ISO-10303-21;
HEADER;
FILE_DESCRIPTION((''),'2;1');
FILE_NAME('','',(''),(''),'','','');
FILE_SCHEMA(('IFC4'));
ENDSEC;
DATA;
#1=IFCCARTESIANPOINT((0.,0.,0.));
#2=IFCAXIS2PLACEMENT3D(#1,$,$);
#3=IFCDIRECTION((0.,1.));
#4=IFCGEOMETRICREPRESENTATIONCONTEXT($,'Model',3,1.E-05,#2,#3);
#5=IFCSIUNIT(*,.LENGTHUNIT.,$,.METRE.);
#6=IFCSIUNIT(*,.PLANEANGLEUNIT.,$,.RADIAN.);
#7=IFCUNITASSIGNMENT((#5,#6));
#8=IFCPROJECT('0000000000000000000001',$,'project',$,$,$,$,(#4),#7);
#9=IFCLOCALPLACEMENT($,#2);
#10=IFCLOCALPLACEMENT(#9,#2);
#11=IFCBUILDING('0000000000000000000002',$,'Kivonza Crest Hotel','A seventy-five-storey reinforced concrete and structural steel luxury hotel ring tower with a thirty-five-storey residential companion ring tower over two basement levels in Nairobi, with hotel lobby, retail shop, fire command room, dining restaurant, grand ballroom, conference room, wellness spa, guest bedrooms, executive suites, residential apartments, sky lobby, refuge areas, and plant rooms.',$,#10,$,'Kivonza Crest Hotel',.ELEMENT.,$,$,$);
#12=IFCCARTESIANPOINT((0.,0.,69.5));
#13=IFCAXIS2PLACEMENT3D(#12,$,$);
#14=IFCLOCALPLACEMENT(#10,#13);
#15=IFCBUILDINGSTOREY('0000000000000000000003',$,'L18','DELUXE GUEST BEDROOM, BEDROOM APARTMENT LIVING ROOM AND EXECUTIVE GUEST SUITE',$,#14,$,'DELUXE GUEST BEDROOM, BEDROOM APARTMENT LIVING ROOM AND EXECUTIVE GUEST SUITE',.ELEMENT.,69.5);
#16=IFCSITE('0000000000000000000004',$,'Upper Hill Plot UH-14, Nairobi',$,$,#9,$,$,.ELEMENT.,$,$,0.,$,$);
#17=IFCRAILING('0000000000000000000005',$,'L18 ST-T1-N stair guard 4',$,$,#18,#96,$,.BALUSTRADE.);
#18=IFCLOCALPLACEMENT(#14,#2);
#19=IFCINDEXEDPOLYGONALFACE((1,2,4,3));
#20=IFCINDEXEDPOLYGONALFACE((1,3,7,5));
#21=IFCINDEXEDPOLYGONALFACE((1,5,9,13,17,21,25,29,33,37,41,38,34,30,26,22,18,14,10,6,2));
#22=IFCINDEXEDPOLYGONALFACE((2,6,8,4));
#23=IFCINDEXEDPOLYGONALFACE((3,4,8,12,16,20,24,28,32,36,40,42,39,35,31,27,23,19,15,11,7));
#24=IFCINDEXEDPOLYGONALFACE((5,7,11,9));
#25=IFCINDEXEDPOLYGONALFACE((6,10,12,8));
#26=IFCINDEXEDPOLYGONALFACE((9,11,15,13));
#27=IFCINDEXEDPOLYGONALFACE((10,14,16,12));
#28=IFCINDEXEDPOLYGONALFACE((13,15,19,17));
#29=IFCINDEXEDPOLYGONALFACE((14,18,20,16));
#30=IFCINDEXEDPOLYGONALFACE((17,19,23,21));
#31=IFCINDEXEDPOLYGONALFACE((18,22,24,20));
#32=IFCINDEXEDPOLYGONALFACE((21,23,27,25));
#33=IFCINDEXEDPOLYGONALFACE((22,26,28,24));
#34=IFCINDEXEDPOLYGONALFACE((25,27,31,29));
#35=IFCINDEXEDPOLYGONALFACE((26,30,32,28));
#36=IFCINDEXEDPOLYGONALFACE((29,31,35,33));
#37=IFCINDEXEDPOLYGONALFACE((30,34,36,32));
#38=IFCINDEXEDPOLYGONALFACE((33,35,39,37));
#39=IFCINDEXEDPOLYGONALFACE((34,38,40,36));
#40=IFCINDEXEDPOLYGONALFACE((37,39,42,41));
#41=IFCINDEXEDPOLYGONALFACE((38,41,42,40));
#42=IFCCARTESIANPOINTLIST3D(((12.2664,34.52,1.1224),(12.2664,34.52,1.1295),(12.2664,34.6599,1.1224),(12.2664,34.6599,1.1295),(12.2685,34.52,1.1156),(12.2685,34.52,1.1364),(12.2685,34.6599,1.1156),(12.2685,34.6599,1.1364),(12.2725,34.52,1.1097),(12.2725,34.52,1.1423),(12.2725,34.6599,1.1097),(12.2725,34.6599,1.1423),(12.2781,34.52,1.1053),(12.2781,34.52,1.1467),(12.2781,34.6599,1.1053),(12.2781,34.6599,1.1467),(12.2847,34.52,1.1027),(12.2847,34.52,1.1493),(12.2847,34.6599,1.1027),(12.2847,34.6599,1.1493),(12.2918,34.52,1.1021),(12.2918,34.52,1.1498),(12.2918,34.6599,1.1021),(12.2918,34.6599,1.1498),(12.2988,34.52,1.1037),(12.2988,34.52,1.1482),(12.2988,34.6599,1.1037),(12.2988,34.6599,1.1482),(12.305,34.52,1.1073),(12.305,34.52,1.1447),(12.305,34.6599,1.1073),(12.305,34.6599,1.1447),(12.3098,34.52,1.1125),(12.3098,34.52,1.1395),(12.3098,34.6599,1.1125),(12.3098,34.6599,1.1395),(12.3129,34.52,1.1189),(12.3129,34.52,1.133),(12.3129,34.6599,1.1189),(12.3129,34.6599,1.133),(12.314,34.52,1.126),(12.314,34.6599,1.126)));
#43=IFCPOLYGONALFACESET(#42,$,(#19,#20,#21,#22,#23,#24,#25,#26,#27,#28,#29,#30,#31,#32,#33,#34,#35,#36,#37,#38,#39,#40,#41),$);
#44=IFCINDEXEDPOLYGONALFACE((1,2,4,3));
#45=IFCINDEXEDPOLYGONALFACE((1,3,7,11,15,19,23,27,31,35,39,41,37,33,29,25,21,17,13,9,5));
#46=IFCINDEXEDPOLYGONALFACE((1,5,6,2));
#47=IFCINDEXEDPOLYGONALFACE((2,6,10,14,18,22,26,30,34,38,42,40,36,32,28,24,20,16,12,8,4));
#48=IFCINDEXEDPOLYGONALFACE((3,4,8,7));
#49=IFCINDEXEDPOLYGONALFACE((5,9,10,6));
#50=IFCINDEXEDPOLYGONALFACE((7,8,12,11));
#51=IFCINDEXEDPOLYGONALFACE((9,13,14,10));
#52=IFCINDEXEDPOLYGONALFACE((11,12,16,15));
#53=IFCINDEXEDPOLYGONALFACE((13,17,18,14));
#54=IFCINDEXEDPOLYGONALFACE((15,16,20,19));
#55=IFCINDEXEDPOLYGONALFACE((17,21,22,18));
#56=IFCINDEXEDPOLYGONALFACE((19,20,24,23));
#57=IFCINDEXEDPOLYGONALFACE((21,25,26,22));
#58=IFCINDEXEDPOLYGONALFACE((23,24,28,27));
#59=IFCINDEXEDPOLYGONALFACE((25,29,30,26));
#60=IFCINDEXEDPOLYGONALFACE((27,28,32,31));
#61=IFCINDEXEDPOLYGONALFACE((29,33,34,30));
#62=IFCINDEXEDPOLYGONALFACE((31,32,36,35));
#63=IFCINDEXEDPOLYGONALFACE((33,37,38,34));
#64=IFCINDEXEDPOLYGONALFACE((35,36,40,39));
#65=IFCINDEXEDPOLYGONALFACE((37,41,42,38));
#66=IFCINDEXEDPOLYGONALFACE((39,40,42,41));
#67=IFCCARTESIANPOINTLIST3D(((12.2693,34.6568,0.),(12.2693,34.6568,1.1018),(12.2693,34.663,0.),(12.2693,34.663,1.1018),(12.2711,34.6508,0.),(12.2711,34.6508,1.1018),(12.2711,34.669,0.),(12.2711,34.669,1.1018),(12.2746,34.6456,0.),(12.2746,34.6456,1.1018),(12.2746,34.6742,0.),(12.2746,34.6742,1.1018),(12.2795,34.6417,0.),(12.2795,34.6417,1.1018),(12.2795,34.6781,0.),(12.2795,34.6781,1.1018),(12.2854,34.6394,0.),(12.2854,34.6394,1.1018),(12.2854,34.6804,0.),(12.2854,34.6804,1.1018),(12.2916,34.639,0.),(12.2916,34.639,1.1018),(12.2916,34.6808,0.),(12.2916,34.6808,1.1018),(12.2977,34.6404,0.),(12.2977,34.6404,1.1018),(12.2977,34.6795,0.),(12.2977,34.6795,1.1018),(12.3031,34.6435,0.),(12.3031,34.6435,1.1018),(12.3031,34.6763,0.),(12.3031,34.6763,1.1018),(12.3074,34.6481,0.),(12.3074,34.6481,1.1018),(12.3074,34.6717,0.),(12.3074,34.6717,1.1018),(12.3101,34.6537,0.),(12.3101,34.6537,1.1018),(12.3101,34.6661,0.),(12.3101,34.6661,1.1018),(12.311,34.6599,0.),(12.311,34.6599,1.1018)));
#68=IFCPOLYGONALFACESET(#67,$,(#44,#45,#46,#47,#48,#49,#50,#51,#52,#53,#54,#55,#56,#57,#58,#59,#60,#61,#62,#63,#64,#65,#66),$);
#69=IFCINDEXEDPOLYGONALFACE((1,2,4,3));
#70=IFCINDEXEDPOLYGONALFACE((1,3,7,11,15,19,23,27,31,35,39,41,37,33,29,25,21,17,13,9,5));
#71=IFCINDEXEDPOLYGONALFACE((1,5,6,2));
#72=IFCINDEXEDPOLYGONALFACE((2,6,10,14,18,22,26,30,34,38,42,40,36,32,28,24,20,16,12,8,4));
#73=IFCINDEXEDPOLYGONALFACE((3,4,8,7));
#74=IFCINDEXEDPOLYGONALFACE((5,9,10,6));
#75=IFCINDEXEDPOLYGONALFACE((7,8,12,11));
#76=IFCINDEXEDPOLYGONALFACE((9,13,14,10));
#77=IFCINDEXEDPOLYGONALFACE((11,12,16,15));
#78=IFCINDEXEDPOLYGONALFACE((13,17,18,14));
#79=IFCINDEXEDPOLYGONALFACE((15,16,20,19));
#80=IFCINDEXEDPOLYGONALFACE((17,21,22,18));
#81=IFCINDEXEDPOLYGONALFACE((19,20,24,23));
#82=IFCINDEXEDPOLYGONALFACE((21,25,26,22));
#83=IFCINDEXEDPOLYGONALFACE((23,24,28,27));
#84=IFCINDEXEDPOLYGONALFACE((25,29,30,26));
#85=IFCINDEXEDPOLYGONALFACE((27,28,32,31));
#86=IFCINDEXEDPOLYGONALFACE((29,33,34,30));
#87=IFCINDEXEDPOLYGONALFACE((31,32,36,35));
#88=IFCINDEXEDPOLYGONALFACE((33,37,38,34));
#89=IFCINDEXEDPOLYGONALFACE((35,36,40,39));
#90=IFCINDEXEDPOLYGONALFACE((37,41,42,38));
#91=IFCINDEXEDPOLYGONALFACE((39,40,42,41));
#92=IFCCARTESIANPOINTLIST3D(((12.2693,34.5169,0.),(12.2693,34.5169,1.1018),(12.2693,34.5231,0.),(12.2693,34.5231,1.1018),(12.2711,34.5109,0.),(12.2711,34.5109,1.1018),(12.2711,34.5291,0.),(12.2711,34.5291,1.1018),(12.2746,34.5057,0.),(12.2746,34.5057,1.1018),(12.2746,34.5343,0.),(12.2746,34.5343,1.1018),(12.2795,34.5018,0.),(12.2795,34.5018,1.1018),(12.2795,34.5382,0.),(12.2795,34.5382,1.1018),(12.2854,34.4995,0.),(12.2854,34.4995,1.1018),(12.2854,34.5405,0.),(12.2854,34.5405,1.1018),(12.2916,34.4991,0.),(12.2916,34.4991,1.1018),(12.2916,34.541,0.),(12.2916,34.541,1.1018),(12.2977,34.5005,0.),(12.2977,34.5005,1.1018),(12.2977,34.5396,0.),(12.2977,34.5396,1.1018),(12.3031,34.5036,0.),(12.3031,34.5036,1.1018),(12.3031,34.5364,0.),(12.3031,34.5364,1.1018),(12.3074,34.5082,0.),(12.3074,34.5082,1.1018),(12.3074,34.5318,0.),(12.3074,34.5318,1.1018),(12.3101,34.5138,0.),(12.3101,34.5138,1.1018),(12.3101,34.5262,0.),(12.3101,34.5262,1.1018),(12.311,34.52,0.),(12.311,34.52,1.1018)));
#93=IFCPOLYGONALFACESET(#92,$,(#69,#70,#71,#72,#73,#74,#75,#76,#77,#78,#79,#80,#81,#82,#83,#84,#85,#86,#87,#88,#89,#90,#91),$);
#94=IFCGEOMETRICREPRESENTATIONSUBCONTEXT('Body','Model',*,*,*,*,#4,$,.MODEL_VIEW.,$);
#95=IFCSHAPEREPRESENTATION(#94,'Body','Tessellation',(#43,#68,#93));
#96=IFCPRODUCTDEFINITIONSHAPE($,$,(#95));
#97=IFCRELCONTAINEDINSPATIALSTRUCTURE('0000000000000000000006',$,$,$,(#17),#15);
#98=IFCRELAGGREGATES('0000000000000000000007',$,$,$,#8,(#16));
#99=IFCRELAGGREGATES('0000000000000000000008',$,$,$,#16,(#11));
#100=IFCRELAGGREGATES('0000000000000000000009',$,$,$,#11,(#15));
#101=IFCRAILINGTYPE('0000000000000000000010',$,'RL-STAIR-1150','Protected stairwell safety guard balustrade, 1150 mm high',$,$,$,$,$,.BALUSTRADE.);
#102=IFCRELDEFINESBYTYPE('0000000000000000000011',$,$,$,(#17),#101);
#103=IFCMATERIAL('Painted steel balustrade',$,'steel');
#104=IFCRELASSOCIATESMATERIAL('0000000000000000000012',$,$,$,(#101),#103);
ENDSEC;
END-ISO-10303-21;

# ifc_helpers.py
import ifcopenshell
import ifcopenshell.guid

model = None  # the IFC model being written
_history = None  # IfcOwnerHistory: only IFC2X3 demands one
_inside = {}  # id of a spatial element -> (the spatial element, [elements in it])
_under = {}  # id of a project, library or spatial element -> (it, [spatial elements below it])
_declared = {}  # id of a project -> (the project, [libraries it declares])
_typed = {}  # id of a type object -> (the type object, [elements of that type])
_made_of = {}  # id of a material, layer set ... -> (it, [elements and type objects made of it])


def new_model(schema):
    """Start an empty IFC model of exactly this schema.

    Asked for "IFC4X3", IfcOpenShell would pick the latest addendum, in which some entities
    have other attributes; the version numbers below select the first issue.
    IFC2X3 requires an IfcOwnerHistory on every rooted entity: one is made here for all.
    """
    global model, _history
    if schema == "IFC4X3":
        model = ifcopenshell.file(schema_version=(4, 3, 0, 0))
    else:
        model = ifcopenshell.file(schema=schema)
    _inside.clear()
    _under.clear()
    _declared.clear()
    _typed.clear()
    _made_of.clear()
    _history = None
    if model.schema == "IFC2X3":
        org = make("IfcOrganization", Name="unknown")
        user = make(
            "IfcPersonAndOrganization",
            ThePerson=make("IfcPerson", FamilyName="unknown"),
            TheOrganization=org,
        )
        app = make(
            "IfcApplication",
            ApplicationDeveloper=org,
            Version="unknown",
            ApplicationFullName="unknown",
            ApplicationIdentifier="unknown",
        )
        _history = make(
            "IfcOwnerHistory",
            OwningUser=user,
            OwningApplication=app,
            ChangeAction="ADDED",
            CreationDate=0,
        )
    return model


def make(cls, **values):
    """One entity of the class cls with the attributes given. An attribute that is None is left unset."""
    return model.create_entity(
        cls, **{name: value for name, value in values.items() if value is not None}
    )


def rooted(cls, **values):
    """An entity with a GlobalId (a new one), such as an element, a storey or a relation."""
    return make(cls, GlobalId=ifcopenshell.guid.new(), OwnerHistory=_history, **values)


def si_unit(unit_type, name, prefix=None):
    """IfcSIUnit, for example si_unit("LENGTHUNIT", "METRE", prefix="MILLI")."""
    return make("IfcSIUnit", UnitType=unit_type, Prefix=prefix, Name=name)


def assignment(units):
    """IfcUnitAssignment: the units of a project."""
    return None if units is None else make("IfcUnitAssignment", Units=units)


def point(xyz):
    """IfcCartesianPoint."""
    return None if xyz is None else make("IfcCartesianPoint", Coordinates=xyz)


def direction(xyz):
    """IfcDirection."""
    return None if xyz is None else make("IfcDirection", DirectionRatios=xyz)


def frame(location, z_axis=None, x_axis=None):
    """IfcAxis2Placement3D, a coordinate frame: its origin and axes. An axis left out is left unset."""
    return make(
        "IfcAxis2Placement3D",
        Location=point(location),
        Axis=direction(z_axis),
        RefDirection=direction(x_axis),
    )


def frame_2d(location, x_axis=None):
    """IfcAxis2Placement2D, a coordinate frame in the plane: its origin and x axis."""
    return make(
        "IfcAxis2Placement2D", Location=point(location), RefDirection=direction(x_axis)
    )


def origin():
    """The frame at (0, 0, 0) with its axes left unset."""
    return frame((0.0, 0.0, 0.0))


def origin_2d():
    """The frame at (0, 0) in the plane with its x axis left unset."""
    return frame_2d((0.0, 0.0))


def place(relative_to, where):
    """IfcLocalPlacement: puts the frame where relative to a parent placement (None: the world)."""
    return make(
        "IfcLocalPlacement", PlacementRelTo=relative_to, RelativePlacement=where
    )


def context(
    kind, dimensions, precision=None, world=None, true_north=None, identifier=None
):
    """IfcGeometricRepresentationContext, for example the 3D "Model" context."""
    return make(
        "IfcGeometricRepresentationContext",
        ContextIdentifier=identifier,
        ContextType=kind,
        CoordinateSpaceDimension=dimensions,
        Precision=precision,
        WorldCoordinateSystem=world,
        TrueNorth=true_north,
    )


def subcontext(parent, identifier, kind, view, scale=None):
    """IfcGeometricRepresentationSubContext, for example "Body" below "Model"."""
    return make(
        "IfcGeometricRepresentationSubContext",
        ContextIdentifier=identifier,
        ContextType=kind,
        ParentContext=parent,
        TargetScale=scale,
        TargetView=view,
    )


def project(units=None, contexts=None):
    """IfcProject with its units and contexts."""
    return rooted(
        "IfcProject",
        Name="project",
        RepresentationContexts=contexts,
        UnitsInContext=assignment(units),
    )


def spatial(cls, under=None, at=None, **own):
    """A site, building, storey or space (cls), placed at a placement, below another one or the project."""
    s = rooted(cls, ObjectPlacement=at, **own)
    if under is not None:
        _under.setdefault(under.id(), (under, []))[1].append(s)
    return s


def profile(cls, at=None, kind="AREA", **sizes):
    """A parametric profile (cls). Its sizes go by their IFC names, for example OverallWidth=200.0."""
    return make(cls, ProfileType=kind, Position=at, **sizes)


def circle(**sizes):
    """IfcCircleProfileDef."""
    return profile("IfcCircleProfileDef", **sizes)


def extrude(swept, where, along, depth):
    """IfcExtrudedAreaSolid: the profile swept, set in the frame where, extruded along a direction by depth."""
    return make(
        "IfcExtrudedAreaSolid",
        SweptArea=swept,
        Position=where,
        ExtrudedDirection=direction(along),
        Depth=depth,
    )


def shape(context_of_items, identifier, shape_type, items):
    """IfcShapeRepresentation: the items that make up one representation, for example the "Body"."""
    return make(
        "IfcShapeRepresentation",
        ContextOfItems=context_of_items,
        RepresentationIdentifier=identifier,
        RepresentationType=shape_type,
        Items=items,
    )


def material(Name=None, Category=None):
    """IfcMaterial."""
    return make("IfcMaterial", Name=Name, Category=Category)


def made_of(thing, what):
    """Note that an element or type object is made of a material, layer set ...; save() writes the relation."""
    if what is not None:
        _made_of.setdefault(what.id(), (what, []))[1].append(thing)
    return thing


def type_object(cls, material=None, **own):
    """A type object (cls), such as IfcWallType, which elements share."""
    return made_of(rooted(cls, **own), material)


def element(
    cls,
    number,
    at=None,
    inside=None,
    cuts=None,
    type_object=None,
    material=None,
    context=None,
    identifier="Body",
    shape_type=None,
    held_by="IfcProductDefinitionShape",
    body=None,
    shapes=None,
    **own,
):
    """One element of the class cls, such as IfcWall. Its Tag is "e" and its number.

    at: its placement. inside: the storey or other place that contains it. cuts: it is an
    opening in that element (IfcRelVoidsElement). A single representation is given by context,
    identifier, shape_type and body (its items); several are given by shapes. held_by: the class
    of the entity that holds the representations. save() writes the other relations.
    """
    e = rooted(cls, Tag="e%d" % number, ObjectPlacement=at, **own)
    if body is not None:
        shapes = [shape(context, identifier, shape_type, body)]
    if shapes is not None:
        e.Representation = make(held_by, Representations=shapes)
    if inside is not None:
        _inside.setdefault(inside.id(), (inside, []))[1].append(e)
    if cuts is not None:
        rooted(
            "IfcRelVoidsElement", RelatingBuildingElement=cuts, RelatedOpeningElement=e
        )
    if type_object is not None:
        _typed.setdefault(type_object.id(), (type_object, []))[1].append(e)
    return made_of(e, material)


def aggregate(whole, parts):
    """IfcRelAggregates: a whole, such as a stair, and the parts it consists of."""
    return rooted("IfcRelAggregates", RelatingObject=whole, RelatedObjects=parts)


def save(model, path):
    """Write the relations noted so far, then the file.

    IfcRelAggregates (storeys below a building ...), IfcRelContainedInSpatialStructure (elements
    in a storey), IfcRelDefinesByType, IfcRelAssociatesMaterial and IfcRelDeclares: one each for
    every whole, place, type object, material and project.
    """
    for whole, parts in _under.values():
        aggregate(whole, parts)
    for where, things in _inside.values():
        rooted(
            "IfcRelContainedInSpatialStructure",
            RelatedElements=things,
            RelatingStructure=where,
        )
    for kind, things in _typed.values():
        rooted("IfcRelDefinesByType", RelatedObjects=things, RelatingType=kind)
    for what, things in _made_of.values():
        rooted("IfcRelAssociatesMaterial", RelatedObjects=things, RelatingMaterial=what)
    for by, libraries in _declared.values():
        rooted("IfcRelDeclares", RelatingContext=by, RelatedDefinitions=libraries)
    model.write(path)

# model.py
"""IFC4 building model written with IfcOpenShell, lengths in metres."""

from ifc_helpers import new_model, si_unit, direction, frame, origin, origin_2d, place, context, subcontext, project, spatial, circle, extrude, material, type_object, element, save


model = new_model("IFC4")

# Units and contexts
model_context = context("Model", 3, precision=1e-05, world=origin(), true_north=direction((0.0, 1.0)))
body_context = subcontext(model_context, "Body", "Model", "MODEL_VIEW")
ifc_project = project(units=[si_unit("LENGTHUNIT", "METRE"), si_unit("PLANEANGLEUNIT", "RADIAN")], contexts=[model_context])

# Site, building, storey
site_placement = place(None, origin())
site = spatial("IfcSite", under=ifc_project, at=site_placement, Name="Upper Hill Plot UH-14, Nairobi", CompositionType="ELEMENT", RefElevation=0.0)
building_placement = place(site_placement, origin())
building = spatial("IfcBuilding", under=site, at=building_placement, Name="Kivonza Crest Hotel", Description="A seventy-five-storey reinforced concrete and structural steel luxury hotel ring tower with a thirty-five-storey residential companion ring tower over two basement levels in Nairobi, with hotel lobby, retail shop, fire command room, dining restaurant, grand ballroom, conference room, wellness spa, guest bedrooms, executive suites, residential apartments, sky lobby, refuge areas, and plant rooms.", LongName="Kivonza Crest Hotel", CompositionType="ELEMENT")
storey_placement = place(building_placement, frame((0.0, 0.0, 69.5)))
storey = spatial("IfcBuildingStorey", under=building, at=storey_placement, Name="L18", Description="DELUXE GUEST BEDROOM, BEDROOM APARTMENT LIVING ROOM AND EXECUTIVE GUEST SUITE", LongName="DELUXE GUEST BEDROOM, BEDROOM APARTMENT LIVING ROOM AND EXECUTIVE GUEST SUITE", CompositionType="ELEMENT", Elevation=69.5)

# Railing
ifc_material_1 = material(Name="Painted steel balustrade", Category="steel")
railing_type_1 = type_object("IfcRailingType", Name="RL-STAIR-1150", Description="Protected stairwell safety guard balustrade, 1150 mm high", PredefinedType="BALUSTRADE", material=ifc_material_1)
railing_1_placement = place(storey_placement, frame((12.29, 34.6599, 0.0)))
element("IfcRailing", 1, at=railing_1_placement, inside=storey, type_object=railing_type_1, Name="L18 ST-T1-N stair guard 4", PredefinedType="BALUSTRADE", context=body_context, shape_type="SweptSolid", body=[
    extrude(circle(Radius=0.0239, at=origin_2d()), frame((0.0, 0.0, 1.126), z_axis=(0.0, -1.0, 0.0), x_axis=(1.0, 0.0, 0.0)), (0.0, 0.0, 1.0), 0.1399),
    extrude(circle(Radius=0.021, at=origin_2d()), origin(), (0.0, 0.0, 1.0), 1.1018),
    extrude(circle(Radius=0.021, at=origin_2d()), frame((0.0, -0.1399, 0.0)), (0.0, 0.0, 1.0), 1.1018),
])

save(model, "model.ifc")
